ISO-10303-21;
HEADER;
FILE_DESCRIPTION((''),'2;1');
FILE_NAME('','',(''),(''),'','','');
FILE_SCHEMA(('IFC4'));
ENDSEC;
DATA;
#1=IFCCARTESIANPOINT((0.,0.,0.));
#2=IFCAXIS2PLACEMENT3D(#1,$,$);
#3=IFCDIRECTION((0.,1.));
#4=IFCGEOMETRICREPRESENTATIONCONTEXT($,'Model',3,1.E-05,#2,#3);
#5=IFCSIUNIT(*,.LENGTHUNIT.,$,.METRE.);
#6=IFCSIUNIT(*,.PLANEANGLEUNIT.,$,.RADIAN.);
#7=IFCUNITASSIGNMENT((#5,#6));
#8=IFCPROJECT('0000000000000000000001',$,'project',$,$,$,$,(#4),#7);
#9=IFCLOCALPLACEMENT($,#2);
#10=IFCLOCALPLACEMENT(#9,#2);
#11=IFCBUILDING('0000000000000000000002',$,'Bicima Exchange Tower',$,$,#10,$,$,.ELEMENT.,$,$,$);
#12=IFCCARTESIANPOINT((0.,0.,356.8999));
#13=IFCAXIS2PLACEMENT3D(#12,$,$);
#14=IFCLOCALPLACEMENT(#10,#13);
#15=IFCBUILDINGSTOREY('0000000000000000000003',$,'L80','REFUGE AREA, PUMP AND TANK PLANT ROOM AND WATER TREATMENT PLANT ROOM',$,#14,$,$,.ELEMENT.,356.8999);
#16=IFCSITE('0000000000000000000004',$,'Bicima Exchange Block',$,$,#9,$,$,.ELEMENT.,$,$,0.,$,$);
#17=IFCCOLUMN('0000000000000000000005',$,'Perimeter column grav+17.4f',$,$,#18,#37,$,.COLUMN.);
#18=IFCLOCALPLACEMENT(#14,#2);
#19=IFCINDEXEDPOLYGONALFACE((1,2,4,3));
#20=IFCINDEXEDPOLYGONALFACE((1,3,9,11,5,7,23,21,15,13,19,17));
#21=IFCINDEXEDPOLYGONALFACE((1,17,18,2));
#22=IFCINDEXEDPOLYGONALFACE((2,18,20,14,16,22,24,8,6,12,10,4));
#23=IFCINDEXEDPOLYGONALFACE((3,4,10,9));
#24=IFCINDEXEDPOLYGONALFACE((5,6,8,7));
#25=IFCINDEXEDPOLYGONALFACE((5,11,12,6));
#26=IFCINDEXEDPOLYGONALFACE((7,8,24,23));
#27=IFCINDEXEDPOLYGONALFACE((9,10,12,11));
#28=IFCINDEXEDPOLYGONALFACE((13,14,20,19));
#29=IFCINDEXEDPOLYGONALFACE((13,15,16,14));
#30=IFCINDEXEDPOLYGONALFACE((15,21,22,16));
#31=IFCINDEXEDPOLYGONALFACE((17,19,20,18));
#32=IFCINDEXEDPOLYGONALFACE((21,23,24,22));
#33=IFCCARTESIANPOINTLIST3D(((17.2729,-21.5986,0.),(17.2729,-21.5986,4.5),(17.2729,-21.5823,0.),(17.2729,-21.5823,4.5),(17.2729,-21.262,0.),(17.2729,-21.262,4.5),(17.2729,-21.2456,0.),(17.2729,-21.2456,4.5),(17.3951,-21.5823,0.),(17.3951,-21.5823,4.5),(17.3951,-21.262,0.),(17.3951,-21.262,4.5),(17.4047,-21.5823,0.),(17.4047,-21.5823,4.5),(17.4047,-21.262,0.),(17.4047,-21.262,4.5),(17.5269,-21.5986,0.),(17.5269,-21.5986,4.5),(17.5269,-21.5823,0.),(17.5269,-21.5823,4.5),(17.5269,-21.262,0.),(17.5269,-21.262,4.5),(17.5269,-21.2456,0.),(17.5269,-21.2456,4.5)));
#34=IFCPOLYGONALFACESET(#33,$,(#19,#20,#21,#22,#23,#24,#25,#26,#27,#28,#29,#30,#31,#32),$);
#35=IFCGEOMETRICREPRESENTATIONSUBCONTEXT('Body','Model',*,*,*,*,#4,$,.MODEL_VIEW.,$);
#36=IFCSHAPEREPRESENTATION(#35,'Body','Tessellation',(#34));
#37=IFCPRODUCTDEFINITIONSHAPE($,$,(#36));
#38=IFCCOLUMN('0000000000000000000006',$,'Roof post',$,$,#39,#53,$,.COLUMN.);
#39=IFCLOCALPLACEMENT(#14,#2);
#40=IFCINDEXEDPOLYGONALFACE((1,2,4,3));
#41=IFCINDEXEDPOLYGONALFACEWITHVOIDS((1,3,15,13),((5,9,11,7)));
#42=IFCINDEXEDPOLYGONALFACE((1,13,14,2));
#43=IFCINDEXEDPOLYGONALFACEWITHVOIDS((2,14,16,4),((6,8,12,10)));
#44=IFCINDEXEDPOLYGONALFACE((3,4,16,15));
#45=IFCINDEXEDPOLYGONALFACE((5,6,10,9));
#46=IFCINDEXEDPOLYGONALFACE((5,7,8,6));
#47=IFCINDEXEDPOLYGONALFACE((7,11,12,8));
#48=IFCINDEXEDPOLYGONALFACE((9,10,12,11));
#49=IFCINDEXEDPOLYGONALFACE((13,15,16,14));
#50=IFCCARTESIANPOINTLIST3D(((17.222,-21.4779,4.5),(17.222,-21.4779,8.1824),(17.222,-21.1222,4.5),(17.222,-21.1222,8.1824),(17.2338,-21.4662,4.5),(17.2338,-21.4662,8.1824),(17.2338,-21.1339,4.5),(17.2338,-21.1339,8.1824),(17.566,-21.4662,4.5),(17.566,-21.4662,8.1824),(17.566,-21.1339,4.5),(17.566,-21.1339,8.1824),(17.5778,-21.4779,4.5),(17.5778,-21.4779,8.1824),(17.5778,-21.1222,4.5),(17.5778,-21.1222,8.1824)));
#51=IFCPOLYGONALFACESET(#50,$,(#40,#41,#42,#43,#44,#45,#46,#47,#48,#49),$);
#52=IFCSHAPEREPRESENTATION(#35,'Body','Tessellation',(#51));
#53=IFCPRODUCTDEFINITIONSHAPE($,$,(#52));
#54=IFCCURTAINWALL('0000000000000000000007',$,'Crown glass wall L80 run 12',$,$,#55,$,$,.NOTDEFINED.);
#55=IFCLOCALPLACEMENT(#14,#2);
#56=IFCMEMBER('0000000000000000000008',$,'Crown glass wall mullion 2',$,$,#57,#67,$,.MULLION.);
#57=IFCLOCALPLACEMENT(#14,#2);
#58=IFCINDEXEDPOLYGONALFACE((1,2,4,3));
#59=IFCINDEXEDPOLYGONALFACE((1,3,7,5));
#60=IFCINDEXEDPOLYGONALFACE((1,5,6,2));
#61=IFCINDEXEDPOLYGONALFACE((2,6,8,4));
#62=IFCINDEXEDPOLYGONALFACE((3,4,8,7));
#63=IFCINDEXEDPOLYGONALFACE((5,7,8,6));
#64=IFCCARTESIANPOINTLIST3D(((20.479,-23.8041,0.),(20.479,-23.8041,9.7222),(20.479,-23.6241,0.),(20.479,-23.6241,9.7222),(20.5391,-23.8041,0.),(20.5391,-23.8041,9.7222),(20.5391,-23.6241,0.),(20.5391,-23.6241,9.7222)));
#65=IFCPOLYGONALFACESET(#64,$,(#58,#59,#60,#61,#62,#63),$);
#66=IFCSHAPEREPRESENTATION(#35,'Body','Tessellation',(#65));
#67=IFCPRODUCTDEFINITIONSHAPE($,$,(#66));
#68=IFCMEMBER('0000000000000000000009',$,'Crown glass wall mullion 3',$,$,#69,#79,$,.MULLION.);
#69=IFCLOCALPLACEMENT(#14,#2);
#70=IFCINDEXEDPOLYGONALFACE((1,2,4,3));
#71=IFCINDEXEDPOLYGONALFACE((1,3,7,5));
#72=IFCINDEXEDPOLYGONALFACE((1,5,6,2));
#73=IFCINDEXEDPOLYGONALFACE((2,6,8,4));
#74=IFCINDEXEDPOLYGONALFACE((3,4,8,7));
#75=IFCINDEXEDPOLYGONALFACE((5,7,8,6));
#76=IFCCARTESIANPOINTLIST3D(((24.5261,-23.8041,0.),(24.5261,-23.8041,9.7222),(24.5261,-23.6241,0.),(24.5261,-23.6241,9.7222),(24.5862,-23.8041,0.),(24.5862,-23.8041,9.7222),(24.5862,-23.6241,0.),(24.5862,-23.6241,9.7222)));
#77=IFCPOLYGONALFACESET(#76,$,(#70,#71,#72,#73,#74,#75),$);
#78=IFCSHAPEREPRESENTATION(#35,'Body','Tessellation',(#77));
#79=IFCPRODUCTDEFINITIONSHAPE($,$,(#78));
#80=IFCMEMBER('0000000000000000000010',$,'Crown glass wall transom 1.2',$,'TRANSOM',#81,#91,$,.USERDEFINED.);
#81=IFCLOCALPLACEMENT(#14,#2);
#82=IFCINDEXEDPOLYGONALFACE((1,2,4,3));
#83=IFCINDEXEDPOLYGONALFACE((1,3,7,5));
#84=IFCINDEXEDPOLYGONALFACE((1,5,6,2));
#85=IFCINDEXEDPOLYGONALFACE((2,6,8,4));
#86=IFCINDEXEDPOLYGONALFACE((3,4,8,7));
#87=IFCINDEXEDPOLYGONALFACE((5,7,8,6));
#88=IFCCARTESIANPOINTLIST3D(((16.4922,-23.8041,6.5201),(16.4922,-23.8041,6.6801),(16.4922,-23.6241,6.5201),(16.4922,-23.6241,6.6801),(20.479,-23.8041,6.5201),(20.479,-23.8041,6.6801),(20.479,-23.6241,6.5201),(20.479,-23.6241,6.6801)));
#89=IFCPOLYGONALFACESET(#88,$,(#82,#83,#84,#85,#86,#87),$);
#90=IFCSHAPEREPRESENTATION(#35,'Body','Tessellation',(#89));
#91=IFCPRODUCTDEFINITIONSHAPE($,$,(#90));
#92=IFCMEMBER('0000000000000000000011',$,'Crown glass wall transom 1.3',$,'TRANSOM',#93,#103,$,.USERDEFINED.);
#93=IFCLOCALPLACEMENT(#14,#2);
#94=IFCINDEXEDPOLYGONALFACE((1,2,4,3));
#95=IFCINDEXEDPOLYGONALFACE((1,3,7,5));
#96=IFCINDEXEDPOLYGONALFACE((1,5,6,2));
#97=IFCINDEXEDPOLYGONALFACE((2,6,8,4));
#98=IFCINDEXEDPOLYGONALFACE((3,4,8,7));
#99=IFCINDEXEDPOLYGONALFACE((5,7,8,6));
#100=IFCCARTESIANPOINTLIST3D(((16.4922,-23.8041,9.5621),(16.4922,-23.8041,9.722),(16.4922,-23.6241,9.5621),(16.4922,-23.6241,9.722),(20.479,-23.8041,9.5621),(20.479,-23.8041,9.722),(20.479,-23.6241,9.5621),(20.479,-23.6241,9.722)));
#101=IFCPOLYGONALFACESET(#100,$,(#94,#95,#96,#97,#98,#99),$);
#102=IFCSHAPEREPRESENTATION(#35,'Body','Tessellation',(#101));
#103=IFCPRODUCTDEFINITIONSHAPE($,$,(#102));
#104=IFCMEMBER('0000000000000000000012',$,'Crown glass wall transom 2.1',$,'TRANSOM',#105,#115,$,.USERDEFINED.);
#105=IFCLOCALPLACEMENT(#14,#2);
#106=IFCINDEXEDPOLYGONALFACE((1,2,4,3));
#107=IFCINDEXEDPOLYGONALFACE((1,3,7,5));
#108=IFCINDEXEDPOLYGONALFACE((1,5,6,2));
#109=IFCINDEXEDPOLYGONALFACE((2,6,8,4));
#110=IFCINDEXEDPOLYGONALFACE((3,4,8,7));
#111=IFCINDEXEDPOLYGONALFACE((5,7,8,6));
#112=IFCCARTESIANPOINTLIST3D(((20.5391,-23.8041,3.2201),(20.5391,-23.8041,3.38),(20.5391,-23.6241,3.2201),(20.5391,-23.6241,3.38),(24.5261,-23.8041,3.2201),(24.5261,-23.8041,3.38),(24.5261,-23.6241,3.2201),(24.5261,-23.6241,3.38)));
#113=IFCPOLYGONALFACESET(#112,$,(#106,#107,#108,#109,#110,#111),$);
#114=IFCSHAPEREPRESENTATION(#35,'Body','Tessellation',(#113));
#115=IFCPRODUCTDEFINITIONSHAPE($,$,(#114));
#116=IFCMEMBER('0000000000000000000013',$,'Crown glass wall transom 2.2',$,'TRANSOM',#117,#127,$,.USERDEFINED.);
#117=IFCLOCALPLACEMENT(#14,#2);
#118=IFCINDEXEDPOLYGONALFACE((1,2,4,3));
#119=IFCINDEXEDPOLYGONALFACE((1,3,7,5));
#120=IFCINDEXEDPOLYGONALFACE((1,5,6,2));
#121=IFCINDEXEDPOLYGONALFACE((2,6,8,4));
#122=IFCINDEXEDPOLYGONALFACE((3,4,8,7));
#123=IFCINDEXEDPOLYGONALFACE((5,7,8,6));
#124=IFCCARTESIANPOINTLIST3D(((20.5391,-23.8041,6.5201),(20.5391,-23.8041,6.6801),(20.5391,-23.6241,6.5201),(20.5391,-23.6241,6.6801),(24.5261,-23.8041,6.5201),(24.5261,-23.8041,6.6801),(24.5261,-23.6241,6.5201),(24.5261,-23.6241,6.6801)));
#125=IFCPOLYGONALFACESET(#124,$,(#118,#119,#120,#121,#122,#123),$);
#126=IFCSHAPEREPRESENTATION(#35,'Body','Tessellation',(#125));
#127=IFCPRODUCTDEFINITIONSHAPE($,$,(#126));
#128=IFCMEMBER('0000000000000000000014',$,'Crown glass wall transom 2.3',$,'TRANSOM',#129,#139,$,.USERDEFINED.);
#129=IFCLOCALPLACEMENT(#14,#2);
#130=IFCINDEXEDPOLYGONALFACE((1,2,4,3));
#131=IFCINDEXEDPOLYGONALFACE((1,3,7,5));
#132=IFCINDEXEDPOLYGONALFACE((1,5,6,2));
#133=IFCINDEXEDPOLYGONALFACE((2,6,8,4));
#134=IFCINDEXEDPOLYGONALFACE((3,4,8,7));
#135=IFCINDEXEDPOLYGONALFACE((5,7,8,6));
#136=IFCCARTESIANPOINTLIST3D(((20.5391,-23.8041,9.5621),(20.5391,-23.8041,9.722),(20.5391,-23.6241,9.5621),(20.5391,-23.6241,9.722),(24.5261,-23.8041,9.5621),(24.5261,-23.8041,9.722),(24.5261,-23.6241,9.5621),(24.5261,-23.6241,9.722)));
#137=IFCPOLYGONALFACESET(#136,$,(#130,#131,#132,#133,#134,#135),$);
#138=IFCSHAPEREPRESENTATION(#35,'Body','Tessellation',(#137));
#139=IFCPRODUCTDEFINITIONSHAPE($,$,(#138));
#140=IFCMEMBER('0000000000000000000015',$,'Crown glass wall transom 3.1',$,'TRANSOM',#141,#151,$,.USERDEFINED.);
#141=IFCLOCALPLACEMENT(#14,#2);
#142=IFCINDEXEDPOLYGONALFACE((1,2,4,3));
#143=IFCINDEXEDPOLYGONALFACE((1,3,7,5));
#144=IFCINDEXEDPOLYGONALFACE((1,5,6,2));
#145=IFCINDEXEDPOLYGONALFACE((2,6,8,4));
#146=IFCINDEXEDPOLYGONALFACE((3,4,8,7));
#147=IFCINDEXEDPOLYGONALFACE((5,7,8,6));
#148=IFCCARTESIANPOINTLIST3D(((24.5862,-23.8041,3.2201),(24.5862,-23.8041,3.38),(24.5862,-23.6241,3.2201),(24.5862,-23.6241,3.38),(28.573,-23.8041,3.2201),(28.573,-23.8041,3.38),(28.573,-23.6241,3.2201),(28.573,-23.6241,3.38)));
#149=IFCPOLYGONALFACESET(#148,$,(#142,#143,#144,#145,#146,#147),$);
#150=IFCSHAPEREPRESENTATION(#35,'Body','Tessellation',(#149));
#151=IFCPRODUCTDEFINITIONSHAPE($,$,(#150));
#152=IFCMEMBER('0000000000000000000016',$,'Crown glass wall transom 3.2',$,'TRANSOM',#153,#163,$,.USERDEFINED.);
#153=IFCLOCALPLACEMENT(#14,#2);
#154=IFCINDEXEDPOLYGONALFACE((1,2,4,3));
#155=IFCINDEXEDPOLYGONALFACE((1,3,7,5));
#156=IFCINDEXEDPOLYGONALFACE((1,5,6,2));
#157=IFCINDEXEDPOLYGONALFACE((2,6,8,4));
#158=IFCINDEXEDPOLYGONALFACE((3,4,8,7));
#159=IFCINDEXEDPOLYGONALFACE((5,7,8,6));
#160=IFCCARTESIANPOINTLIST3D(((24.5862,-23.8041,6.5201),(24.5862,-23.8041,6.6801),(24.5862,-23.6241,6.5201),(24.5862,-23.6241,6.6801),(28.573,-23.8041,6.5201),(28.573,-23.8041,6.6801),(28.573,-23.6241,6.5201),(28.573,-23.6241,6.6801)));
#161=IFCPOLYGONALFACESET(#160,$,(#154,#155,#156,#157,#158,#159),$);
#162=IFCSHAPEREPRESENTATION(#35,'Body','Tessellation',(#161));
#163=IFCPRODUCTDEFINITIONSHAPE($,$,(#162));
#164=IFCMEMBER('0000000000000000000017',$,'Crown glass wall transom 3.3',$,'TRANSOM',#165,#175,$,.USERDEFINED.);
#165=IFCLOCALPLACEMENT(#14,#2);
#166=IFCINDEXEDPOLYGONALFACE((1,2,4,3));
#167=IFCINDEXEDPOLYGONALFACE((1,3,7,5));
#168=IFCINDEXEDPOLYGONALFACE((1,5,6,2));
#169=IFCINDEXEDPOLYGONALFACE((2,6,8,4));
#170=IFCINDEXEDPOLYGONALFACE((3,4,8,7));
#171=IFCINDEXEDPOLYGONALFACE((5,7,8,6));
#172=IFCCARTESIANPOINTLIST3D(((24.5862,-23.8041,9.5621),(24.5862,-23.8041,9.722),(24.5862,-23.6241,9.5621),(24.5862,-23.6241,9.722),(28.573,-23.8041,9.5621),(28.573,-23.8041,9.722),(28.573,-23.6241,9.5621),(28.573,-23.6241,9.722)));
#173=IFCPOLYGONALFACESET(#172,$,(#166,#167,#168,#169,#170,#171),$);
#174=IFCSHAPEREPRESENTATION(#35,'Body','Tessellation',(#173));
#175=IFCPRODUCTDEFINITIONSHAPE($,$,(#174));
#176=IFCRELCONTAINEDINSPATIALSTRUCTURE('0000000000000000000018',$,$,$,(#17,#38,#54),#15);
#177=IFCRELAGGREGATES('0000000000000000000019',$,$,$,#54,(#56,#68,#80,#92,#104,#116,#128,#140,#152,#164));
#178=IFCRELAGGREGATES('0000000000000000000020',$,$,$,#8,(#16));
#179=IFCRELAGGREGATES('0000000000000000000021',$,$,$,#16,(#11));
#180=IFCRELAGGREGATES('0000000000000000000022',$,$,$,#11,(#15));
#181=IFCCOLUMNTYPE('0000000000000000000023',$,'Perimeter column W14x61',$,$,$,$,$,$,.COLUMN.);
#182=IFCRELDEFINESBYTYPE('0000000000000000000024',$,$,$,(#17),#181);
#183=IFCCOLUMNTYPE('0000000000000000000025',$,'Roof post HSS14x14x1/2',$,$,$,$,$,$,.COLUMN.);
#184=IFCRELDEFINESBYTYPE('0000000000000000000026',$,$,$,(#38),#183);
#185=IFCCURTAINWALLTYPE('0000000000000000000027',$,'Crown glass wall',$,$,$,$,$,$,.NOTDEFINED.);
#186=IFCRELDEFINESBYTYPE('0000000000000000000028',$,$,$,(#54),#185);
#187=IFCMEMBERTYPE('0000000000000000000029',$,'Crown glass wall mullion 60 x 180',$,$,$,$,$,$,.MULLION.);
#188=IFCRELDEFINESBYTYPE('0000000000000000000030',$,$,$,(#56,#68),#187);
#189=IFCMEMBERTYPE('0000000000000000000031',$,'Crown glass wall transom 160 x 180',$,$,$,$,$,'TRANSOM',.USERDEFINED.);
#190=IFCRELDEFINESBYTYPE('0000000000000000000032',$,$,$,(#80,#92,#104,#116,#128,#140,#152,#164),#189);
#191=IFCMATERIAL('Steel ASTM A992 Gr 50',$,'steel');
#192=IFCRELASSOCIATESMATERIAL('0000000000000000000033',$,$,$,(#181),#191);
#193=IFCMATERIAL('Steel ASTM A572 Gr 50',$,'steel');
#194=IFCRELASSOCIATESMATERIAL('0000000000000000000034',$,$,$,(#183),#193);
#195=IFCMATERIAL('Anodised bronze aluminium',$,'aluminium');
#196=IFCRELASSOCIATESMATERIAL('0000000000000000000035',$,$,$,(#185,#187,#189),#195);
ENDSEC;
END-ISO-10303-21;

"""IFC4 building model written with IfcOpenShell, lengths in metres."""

from ifc_helpers import new_model, si_unit, direction, frame, origin, origin_2d, place, context, subcontext, project, spatial, rectangle, hollow_rectangle, i_section, extrude, material, material_profile, profile_set, type_object, element, aggregate, save


model = new_model("IFC4")

# Units and contexts
model_context = context("Model", 3, precision=1e-05, world=origin(), true_north=direction((0.0, 1.0)))
body_context = subcontext(model_context, "Body", "Model", "MODEL_VIEW")
ifc_project = project(units=[si_unit("LENGTHUNIT", "METRE"), si_unit("PLANEANGLEUNIT", "RADIAN")], contexts=[model_context])

# Site, building, storey
site_placement = place(None, origin())
site = spatial("IfcSite", under=ifc_project, at=site_placement, Name="Bicima Exchange Block", CompositionType="ELEMENT", RefElevation=0.0)
building_placement = place(site_placement, origin())
building = spatial("IfcBuilding", under=site, at=building_placement, Name="Bicima Exchange Tower", CompositionType="ELEMENT")
storey_placement = place(building_placement, frame((0.0, 0.0, 356.8999)))
storey = spatial("IfcBuildingStorey", under=building, at=storey_placement, Name="L80", Description="REFUGE AREA, PUMP AND TANK PLANT ROOM AND WATER TREATMENT PLANT ROOM", CompositionType="ELEMENT", Elevation=356.8999)

# Columns
ifc_material_1 = material(Name="Steel ASTM A992 Gr 50", Category="steel")
ifc_material_profile_1 = material_profile(ifc_material_1, i_section(OverallWidth=0.2539, OverallDepth=0.353, WebThickness=0.0095, FlangeThickness=0.0164, at=origin_2d()))
ifc_profile_set_1 = profile_set([ifc_material_profile_1], Name="Steel ASTM A992 Gr 50")
column_type_1 = type_object("IfcColumnType", Name="Perimeter column W14x61", PredefinedType="COLUMN", material=ifc_profile_set_1)
column_1_placement = place(storey_placement, frame((17.3999, -21.4221, 0.0), z_axis=(0.0, 0.0, 1.0), x_axis=(1.0, 0.0, 0.0)))
element("IfcColumn", 1, at=column_1_placement, inside=storey, type_object=column_type_1, Name="Perimeter column grav+17.4f", PredefinedType="COLUMN", context=body_context, shape_type="SweptSolid", body=[
    extrude(i_section(OverallWidth=0.2539, OverallDepth=0.353, WebThickness=0.0095, FlangeThickness=0.0164, at=origin_2d()), origin(), (0.0, 0.0, 1.0), 4.5),
])
ifc_material_2 = material(Name="Steel ASTM A572 Gr 50", Category="steel")
ifc_material_profile_2 = material_profile(ifc_material_2, hollow_rectangle(XDim=0.3557, YDim=0.3557, WallThickness=0.0117, at=origin_2d()))
ifc_profile_set_2 = profile_set([ifc_material_profile_2], Name="Steel ASTM A572 Gr 50")
column_type_2 = type_object("IfcColumnType", Name="Roof post HSS14x14x1/2", PredefinedType="COLUMN", material=ifc_profile_set_2)
column_2_placement = place(storey_placement, frame((17.3999, -21.3, 4.5), z_axis=(0.0, 0.0, 1.0), x_axis=(1.0, 0.0, 0.0)))
element("IfcColumn", 2, at=column_2_placement, inside=storey, type_object=column_type_2, Name="Roof post", PredefinedType="COLUMN", context=body_context, shape_type="SweptSolid", body=[
    extrude(hollow_rectangle(XDim=0.3557, YDim=0.3557, WallThickness=0.0117, at=origin_2d()), origin(), (0.0, 0.0, 1.0), 3.6824),
])

# Curtain wall, members
ifc_material_3 = material(Name="Anodised bronze aluminium", Category="aluminium")
curtain_wall_type = type_object("IfcCurtainWallType", Name="Crown glass wall", PredefinedType="NOTDEFINED", material=ifc_material_3)
curtain_wall_1_placement = place(storey_placement, origin())
curtain_wall_1 = element("IfcCurtainWall", 3, at=curtain_wall_1_placement, inside=storey, type_object=curtain_wall_type, Name="Crown glass wall L80 run 12", PredefinedType="NOTDEFINED")
ifc_material_profile_3 = material_profile(ifc_material_3, rectangle(XDim=0.1799, YDim=0.0601, at=origin_2d()))
ifc_profile_set_3 = profile_set([ifc_material_profile_3], Name="Anodised bronze aluminium")
member_type_1 = type_object("IfcMemberType", Name="Crown glass wall mullion 60 x 180", PredefinedType="MULLION", material=ifc_profile_set_3)
member_1_placement = place(storey_placement, frame((20.509, -23.7141, 0.0), z_axis=(0.0, 0.0, 1.0), x_axis=(0.0, 1.0, 0.0)))
member_1 = element("IfcMember", 4, at=member_1_placement, type_object=member_type_1, Name="Crown glass wall mullion 2", PredefinedType="MULLION", context=body_context, shape_type="SweptSolid", body=[
    extrude(rectangle(XDim=0.1799, YDim=0.0601, at=origin_2d()), origin(), (0.0, 0.0, 1.0), 9.7222),
])
member_2_placement = place(storey_placement, frame((24.5562, -23.7141, 0.0), z_axis=(0.0, 0.0, 1.0), x_axis=(0.0, 1.0, 0.0)))
member_2 = element("IfcMember", 5, at=member_2_placement, type_object=member_type_1, Name="Crown glass wall mullion 3", PredefinedType="MULLION", context=body_context, shape_type="SweptSolid", body=[
    extrude(rectangle(XDim=0.1799, YDim=0.0601, at=origin_2d()), origin(), (0.0, 0.0, 1.0), 9.7222),
])
ifc_material_profile_4 = material_profile(ifc_material_3, rectangle(XDim=0.1799, YDim=0.1599, at=origin_2d()))
ifc_profile_set_4 = profile_set([ifc_material_profile_4], Name="Anodised bronze aluminium")
member_type_2 = type_object("IfcMemberType", Name="Crown glass wall transom 160 x 180", ElementType="TRANSOM", PredefinedType="USERDEFINED", material=ifc_profile_set_4)
member_3_placement = place(storey_placement, frame((16.4922, -23.7141, 6.6001), z_axis=(1.0, 0.0, 0.0), x_axis=(0.0, 1.0, 0.0)))
member_3 = element("IfcMember", 6, at=member_3_placement, type_object=member_type_2, Name="Crown glass wall transom 1.2", ObjectType="TRANSOM", PredefinedType="USERDEFINED", context=body_context, shape_type="SweptSolid", body=[
    extrude(rectangle(XDim=0.1799, YDim=0.1599, at=origin_2d()), origin(), (0.0, 0.0, 1.0), 3.9868),
])
member_4_placement = place(storey_placement, frame((16.4922, -23.7141, 9.6421), z_axis=(1.0, 0.0, 0.0), x_axis=(0.0, 1.0, 0.0)))
member_4 = element("IfcMember", 7, at=member_4_placement, type_object=member_type_2, Name="Crown glass wall transom 1.3", ObjectType="TRANSOM", PredefinedType="USERDEFINED", context=body_context, shape_type="SweptSolid", body=[
    extrude(rectangle(XDim=0.1799, YDim=0.1599, at=origin_2d()), origin(), (0.0, 0.0, 1.0), 3.9868),
])
member_5_placement = place(storey_placement, frame((20.5391, -23.7141, 3.3), z_axis=(1.0, 0.0, 0.0), x_axis=(0.0, 1.0, 0.0)))
member_5 = element("IfcMember", 8, at=member_5_placement, type_object=member_type_2, Name="Crown glass wall transom 2.1", ObjectType="TRANSOM", PredefinedType="USERDEFINED", context=body_context, shape_type="SweptSolid", body=[
    extrude(rectangle(XDim=0.1799, YDim=0.1599, at=origin_2d()), origin(), (0.0, 0.0, 1.0), 3.9871),
])
member_6_placement = place(storey_placement, frame((20.5391, -23.7141, 6.6001), z_axis=(1.0, 0.0, 0.0), x_axis=(0.0, 1.0, 0.0)))
member_6 = element("IfcMember", 9, at=member_6_placement, type_object=member_type_2, Name="Crown glass wall transom 2.2", ObjectType="TRANSOM", PredefinedType="USERDEFINED", context=body_context, shape_type="SweptSolid", body=[
    extrude(rectangle(XDim=0.1799, YDim=0.1599, at=origin_2d()), origin(), (0.0, 0.0, 1.0), 3.9871),
])
member_7_placement = place(storey_placement, frame((20.5391, -23.7141, 9.6421), z_axis=(1.0, 0.0, 0.0), x_axis=(0.0, 1.0, 0.0)))
member_7 = element("IfcMember", 10, at=member_7_placement, type_object=member_type_2, Name="Crown glass wall transom 2.3", ObjectType="TRANSOM", PredefinedType="USERDEFINED", context=body_context, shape_type="SweptSolid", body=[
    extrude(rectangle(XDim=0.1799, YDim=0.1599, at=origin_2d()), origin(), (0.0, 0.0, 1.0), 3.9871),
])
member_8_placement = place(storey_placement, frame((24.5862, -23.7141, 3.3), z_axis=(1.0, 0.0, 0.0), x_axis=(0.0, 1.0, 0.0)))
member_8 = element("IfcMember", 11, at=member_8_placement, type_object=member_type_2, Name="Crown glass wall transom 3.1", ObjectType="TRANSOM", PredefinedType="USERDEFINED", context=body_context, shape_type="SweptSolid", body=[
    extrude(rectangle(XDim=0.1799, YDim=0.1599, at=origin_2d()), origin(), (0.0, 0.0, 1.0), 3.9868),
])
member_9_placement = place(storey_placement, frame((24.5862, -23.7141, 6.6001), z_axis=(1.0, 0.0, 0.0), x_axis=(0.0, 1.0, 0.0)))
member_9 = element("IfcMember", 12, at=member_9_placement, type_object=member_type_2, Name="Crown glass wall transom 3.2", ObjectType="TRANSOM", PredefinedType="USERDEFINED", context=body_context, shape_type="SweptSolid", body=[
    extrude(rectangle(XDim=0.1799, YDim=0.1599, at=origin_2d()), origin(), (0.0, 0.0, 1.0), 3.9868),
])
member_10_placement = place(storey_placement, frame((24.5862, -23.7141, 9.6421), z_axis=(1.0, 0.0, 0.0), x_axis=(0.0, 1.0, 0.0)))
member_10 = element("IfcMember", 13, at=member_10_placement, type_object=member_type_2, Name="Crown glass wall transom 3.3", ObjectType="TRANSOM", PredefinedType="USERDEFINED", context=body_context, shape_type="SweptSolid", body=[
    extrude(rectangle(XDim=0.1799, YDim=0.1599, at=origin_2d()), origin(), (0.0, 0.0, 1.0), 3.9868),
])

aggregate(curtain_wall_1, [member_1, member_2, member_3, member_4, member_5, member_6, member_7, member_8, member_9, member_10])

save(model, "model.ifc")
